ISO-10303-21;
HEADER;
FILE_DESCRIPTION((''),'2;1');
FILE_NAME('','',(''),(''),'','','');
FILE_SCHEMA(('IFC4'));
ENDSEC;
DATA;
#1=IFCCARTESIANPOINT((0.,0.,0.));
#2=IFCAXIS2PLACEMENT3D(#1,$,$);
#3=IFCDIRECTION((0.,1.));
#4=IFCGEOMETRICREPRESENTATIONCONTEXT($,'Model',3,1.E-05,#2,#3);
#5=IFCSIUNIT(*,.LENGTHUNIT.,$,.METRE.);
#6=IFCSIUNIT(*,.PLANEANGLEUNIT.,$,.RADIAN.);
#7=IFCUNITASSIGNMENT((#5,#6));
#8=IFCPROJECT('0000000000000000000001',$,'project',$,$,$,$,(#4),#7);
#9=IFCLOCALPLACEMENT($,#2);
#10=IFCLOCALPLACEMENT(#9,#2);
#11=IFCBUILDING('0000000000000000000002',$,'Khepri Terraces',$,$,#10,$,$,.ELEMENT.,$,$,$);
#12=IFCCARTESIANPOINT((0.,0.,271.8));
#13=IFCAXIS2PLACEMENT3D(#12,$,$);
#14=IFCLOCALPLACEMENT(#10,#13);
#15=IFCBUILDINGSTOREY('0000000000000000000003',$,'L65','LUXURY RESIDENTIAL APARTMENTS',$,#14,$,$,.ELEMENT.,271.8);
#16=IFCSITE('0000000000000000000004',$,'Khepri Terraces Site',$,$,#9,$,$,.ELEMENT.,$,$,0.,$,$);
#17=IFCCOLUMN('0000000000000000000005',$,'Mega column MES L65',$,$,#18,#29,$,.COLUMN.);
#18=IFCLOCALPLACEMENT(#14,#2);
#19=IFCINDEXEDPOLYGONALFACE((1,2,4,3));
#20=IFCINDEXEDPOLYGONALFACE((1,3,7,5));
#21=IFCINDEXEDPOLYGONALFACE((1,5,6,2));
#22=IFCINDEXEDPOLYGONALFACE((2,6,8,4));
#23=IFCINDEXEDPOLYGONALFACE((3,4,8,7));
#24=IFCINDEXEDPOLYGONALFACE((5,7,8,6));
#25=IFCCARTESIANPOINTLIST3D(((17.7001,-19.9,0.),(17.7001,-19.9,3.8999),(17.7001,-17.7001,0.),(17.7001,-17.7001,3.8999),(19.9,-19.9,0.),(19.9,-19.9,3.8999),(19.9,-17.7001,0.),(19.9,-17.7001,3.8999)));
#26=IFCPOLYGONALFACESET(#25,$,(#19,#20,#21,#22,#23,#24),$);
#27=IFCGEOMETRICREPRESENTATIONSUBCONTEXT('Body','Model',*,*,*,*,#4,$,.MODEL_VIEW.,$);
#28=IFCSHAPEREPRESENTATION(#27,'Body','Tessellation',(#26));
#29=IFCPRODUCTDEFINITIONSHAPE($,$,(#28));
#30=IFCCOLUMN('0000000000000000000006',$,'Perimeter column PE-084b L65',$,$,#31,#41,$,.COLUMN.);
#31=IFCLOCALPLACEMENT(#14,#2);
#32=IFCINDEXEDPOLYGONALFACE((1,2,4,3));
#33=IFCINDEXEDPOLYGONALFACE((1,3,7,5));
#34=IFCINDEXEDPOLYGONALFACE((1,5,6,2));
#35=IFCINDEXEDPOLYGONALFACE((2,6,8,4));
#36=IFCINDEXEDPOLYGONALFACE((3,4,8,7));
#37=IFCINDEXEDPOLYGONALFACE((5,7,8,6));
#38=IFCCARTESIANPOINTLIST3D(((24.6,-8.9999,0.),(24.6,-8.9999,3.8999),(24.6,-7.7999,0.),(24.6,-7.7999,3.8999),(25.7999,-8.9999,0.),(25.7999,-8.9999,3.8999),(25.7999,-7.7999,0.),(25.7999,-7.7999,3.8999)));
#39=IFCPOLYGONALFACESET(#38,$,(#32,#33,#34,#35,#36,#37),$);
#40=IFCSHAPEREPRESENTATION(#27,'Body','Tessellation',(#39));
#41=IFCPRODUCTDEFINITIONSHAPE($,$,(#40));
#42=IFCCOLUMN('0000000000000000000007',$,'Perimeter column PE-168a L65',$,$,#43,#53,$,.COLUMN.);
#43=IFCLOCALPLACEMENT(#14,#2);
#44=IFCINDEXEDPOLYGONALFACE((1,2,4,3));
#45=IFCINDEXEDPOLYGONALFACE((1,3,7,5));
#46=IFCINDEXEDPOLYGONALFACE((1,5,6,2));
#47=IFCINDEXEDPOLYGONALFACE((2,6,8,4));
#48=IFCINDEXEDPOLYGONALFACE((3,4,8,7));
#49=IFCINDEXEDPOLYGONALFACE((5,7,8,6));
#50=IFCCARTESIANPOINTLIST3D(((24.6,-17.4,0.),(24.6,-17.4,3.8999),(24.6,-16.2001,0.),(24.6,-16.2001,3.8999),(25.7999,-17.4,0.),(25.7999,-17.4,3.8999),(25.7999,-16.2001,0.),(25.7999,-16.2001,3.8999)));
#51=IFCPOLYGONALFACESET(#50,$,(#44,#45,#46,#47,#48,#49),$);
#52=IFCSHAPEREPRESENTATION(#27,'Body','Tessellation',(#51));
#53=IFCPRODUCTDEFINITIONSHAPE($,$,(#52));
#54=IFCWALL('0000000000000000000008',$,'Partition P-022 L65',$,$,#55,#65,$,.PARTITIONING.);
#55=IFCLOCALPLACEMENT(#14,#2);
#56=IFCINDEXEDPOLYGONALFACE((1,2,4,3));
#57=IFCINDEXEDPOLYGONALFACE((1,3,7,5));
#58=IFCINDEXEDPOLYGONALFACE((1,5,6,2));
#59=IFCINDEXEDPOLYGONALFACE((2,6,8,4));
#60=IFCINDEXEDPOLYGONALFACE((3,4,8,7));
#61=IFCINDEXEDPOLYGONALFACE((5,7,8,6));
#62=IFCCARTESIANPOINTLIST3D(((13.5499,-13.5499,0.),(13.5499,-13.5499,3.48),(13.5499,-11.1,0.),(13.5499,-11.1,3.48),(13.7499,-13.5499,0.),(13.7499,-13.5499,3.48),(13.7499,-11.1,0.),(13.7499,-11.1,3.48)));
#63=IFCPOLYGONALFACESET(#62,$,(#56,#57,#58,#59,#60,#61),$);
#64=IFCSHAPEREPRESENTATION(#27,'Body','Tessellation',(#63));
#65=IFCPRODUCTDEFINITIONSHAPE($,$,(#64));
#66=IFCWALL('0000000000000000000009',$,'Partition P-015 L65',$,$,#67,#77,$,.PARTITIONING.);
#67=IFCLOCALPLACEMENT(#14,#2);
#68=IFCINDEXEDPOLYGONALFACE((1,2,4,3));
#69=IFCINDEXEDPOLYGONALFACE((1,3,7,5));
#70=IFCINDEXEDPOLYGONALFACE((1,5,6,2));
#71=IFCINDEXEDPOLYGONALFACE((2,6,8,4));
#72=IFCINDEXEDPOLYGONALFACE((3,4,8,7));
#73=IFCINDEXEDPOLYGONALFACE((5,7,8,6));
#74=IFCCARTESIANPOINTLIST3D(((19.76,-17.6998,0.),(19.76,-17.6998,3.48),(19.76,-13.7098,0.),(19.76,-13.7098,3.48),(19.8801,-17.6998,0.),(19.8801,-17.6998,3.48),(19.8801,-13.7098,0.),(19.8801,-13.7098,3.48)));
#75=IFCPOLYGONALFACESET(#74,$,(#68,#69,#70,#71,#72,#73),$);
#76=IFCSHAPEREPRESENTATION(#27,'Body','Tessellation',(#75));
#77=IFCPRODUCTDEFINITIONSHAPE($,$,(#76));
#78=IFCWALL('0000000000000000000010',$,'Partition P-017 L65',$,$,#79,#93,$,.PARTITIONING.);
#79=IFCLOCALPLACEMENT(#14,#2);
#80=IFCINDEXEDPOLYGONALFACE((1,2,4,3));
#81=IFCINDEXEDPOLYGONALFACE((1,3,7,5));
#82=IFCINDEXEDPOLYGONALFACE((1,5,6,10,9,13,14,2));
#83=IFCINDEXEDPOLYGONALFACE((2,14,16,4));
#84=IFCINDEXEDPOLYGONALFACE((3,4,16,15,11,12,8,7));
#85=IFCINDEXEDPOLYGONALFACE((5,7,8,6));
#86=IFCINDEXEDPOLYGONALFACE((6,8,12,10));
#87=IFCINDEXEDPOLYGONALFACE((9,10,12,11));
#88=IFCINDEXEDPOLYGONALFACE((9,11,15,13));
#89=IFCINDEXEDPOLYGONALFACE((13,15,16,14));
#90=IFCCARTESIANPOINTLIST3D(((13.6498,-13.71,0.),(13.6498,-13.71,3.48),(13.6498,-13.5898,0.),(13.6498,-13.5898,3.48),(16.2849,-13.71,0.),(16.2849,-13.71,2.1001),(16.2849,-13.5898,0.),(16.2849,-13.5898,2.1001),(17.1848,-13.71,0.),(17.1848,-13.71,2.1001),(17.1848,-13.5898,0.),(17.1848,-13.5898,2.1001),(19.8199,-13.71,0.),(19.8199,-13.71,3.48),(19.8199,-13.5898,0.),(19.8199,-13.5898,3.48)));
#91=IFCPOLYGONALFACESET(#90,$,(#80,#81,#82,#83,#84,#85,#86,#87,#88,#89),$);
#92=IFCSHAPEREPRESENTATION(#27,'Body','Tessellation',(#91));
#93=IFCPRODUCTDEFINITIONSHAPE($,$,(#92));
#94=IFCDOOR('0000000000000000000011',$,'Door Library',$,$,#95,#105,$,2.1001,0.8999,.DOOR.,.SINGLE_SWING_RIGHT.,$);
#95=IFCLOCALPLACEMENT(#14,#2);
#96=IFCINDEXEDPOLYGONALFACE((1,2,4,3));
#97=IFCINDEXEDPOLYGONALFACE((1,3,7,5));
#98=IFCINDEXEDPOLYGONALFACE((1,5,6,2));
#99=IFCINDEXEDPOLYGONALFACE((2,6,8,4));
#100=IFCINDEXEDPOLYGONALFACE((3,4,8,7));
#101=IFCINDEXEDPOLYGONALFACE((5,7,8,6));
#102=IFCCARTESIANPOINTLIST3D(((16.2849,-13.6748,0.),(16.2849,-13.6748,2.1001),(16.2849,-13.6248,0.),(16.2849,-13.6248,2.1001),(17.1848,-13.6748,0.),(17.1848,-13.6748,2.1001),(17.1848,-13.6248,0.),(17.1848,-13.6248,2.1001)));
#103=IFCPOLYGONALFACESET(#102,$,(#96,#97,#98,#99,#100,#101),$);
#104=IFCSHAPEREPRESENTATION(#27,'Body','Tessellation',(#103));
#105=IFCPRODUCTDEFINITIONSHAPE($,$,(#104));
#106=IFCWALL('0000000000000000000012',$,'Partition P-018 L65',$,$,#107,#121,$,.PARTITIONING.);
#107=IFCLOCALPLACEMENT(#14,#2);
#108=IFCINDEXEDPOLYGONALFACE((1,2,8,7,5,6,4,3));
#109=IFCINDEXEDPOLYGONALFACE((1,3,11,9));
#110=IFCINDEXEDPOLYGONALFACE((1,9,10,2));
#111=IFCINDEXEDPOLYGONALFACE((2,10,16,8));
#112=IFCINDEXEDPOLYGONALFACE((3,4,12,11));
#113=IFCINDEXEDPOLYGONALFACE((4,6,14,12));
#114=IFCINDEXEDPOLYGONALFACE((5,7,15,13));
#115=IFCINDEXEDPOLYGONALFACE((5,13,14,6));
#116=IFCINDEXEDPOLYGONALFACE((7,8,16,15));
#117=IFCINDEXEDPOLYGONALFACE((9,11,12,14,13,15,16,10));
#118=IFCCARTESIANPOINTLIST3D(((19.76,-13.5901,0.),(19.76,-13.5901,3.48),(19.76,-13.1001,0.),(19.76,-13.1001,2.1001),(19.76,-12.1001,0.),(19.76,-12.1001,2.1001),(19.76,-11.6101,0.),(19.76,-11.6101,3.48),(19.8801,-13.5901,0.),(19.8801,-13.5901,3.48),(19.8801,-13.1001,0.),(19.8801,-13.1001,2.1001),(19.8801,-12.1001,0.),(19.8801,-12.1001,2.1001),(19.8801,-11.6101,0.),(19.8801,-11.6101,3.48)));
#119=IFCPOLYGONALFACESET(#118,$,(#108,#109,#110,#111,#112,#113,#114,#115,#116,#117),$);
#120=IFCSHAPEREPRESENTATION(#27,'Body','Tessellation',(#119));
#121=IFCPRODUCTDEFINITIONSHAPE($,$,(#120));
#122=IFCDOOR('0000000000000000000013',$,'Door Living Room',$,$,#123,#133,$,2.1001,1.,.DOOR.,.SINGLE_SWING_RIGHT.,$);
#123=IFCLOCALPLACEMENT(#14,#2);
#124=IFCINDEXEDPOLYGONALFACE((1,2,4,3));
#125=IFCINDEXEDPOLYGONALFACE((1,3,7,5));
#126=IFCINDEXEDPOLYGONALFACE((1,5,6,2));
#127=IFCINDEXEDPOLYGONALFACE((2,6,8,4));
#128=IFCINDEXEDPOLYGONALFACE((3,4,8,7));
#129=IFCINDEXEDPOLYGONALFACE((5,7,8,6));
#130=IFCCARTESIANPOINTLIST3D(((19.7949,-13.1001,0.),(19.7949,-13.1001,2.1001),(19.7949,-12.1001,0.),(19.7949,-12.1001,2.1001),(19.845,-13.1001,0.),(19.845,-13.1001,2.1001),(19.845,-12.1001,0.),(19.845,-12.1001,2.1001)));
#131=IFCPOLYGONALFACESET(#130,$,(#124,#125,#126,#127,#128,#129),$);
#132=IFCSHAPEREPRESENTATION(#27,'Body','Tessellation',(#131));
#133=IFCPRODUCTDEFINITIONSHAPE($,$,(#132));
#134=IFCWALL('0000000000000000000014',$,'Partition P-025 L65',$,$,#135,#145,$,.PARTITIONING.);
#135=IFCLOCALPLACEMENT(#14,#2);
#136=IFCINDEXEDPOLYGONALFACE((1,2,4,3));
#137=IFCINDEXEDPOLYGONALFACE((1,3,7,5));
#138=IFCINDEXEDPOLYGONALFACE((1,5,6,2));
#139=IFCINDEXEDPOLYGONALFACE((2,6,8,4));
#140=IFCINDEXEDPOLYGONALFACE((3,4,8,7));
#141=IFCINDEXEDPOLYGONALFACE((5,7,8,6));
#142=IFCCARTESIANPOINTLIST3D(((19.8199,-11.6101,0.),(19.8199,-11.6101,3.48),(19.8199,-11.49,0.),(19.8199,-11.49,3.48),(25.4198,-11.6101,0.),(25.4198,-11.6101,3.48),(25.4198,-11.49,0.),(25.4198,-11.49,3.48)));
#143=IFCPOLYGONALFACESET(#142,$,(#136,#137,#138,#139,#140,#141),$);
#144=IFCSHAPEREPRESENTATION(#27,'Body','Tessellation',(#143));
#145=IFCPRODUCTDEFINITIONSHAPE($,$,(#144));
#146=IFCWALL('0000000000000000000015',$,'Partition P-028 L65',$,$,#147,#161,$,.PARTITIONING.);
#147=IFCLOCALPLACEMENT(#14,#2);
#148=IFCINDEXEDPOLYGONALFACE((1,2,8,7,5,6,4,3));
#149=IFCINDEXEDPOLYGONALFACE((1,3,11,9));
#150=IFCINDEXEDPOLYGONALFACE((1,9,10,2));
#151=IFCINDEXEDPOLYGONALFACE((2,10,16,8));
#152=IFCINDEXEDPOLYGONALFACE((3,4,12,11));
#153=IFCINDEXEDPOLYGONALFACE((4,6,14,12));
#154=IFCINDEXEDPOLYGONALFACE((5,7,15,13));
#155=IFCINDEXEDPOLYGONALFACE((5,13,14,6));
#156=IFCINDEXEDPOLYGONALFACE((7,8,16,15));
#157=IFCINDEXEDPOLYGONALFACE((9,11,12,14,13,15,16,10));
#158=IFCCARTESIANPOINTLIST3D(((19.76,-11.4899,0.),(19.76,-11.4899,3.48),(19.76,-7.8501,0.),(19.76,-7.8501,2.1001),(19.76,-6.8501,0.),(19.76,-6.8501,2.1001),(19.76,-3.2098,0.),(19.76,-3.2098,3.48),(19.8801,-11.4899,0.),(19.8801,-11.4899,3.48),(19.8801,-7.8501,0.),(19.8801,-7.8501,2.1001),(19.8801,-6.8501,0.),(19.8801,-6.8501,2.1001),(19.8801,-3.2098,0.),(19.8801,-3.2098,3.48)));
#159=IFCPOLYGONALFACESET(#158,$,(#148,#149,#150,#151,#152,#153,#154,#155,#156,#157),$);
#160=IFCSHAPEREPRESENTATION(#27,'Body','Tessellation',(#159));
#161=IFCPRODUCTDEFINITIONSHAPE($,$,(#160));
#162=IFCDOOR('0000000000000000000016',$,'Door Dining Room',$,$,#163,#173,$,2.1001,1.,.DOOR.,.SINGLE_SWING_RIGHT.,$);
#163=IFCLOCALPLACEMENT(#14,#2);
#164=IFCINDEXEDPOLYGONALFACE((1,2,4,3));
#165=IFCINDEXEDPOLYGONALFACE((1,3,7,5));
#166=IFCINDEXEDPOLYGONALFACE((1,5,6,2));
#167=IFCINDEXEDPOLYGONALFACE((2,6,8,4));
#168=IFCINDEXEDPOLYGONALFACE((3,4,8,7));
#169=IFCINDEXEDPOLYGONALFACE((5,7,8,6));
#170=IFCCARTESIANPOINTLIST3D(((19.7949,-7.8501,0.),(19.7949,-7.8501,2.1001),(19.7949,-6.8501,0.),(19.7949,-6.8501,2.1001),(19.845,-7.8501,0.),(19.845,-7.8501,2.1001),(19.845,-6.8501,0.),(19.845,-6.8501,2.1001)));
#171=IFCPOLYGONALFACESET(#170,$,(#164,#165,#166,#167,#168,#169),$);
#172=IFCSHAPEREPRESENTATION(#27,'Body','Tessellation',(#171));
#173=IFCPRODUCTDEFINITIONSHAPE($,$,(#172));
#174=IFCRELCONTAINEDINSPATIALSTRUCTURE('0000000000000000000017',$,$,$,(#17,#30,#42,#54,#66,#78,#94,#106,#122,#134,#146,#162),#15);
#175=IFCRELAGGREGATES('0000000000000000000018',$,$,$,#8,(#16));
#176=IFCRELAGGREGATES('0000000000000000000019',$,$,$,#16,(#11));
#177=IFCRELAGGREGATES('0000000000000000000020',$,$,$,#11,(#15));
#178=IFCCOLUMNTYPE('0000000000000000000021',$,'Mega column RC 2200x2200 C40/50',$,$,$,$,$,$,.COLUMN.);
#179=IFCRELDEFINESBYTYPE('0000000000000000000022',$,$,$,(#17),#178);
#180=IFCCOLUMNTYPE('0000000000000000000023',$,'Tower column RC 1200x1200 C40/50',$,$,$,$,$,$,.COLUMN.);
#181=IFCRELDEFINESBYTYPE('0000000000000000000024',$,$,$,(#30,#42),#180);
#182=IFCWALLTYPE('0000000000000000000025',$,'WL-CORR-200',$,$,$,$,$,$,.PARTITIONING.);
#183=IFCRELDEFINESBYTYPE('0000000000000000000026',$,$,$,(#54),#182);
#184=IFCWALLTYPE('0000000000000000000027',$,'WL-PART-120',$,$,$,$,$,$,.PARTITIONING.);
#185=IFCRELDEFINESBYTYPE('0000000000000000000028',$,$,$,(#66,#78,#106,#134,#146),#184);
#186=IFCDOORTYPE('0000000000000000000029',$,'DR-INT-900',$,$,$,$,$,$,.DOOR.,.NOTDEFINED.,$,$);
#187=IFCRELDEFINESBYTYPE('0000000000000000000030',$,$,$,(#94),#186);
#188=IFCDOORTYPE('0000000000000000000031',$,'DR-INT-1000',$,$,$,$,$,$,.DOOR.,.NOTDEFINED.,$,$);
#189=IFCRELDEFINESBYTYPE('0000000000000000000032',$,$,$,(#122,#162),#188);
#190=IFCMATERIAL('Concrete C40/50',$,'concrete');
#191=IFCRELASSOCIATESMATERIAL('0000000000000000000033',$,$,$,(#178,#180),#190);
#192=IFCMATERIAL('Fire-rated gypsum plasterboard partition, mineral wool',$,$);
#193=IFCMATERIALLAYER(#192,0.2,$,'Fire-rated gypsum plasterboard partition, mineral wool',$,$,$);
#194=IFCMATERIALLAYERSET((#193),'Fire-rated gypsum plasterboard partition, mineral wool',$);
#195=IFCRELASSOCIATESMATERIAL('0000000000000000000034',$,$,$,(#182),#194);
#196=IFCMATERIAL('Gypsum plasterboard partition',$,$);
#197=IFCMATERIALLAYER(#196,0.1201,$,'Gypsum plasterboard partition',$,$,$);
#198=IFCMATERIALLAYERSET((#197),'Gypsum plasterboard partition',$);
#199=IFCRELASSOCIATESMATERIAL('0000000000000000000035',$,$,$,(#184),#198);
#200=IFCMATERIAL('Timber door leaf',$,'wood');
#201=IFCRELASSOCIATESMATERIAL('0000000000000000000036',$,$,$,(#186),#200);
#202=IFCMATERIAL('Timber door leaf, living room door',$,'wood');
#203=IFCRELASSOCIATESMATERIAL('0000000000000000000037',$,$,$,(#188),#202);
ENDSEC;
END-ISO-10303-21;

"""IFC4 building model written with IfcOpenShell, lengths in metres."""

from ifc_helpers import new_model, si_unit, direction, frame, frame_2d, origin, origin_2d, place, context, subcontext, project, spatial, rectangle, extrude, material, layer, layer_set, material_profile, profile_set, type_object, element, fill, save


model = new_model("IFC4")

# Units and contexts
model_context = context("Model", 3, precision=1e-05, world=origin(), true_north=direction((0.0, 1.0)))
body_context = subcontext(model_context, "Body", "Model", "MODEL_VIEW")
ifc_project = project(units=[si_unit("LENGTHUNIT", "METRE"), si_unit("PLANEANGLEUNIT", "RADIAN")], contexts=[model_context])

# Site, building, storey
site_placement = place(None, origin())
site = spatial("IfcSite", under=ifc_project, at=site_placement, Name="Khepri Terraces Site", CompositionType="ELEMENT", RefElevation=0.0)
building_placement = place(site_placement, origin())
building = spatial("IfcBuilding", under=site, at=building_placement, Name="Khepri Terraces", CompositionType="ELEMENT")
storey_placement = place(building_placement, frame((0.0, 0.0, 271.8)))
storey = spatial("IfcBuildingStorey", under=building, at=storey_placement, Name="L65", Description="LUXURY RESIDENTIAL APARTMENTS", CompositionType="ELEMENT", Elevation=271.8)

# Columns
ifc_material_1 = material(Name="Concrete C40/50", Category="concrete")
ifc_material_profile_1 = material_profile(ifc_material_1, rectangle(XDim=2.2, YDim=2.2, at=origin_2d()), Name="Concrete C40/50", Category="concrete")
ifc_profile_set_1 = profile_set([ifc_material_profile_1], Name="Concrete C40/50")
column_type_1 = type_object("IfcColumnType", Name="Mega column RC 2200x2200 C40/50", PredefinedType="COLUMN", material=ifc_profile_set_1)
column_placement = place(storey_placement, frame((18.8, -18.8, 0.0), z_axis=(0.0, 0.0, 1.0), x_axis=(1.0, 0.0, 0.0)))
element("IfcColumn", 1, at=column_placement, inside=storey, type_object=column_type_1, Name="Mega column MES L65", PredefinedType="COLUMN", context=body_context, shape_type="SweptSolid", body=[
    extrude(rectangle(XDim=2.2, YDim=2.2, at=origin_2d()), origin(), (0.0, 0.0, 1.0), 3.8999),
])
ifc_material_profile_2 = material_profile(ifc_material_1, rectangle(XDim=1.2, YDim=1.2, at=origin_2d()), Name="Concrete C40/50", Category="concrete")
ifc_profile_set_2 = profile_set([ifc_material_profile_2], Name="Concrete C40/50")
column_type_2 = type_object("IfcColumnType", Name="Tower column RC 1200x1200 C40/50", PredefinedType="COLUMN", material=ifc_profile_set_2)
for number, where, z_axis, x_axis, name in (
    (2, (25.2, -8.3999, 0.0), (0.0, 0.0, 1.0), (1.0, 0.0, 0.0), "Perimeter column PE-084b L65"),
    (3, (25.2, -16.8, 0.0), (0.0, 0.0, 1.0), (1.0, 0.0, 0.0), "Perimeter column PE-168a L65"),
):
    element("IfcColumn", number, at=place(storey_placement, frame(where, z_axis=z_axis, x_axis=x_axis)), inside=storey, type_object=column_type_2, Name=name, PredefinedType="COLUMN", context=body_context, shape_type="SweptSolid", body=[
        extrude(rectangle(XDim=1.2, YDim=1.2, at=origin_2d()), origin(), (0.0, 0.0, 1.0), 3.8999),
    ])

# Wall
ifc_material_2 = material(Name="Fire-rated gypsum plasterboard partition, mineral wool")
ifc_layer_1 = layer(ifc_material_2, 0.2, Name="Fire-rated gypsum plasterboard partition, mineral wool")
ifc_layer_set_1 = layer_set([ifc_layer_1], Name="Fire-rated gypsum plasterboard partition, mineral wool")
wall_type_1 = type_object("IfcWallType", Name="WL-CORR-200", PredefinedType="PARTITIONING", material=ifc_layer_set_1)
wall_1_placement = place(storey_placement, frame((13.6499, -13.55, 0.0), z_axis=(0.0, 0.0, 1.0), x_axis=(0.0, 1.0, 0.0)))
element("IfcWall", 4, at=wall_1_placement, inside=storey, type_object=wall_type_1, Name="Partition P-022 L65", PredefinedType="PARTITIONING", context=body_context, shape_type="SweptSolid", body=[
    extrude(rectangle(XDim=2.45, YDim=0.2, at=frame_2d((1.2251, 0.0))), origin(), (0.0, 0.0, 1.0), 3.48),
])

# Wall
ifc_material_3 = material(Name="Gypsum plasterboard partition")
ifc_layer_2 = layer(ifc_material_3, 0.1201, Name="Gypsum plasterboard partition")
ifc_layer_set_2 = layer_set([ifc_layer_2], Name="Gypsum plasterboard partition")
wall_type_2 = type_object("IfcWallType", Name="WL-PART-120", PredefinedType="PARTITIONING", material=ifc_layer_set_2)
wall_2_placement = place(storey_placement, frame((19.8201, -17.7, 0.0), z_axis=(0.0, 0.0, 1.0), x_axis=(0.0, 1.0, 0.0)))
element("IfcWall", 5, at=wall_2_placement, inside=storey, type_object=wall_type_2, Name="Partition P-015 L65", PredefinedType="PARTITIONING", context=body_context, shape_type="SweptSolid", body=[
    extrude(rectangle(XDim=3.99, YDim=0.1201, at=frame_2d((1.9951, 0.0))), origin(), (0.0, 0.0, 1.0), 3.48),
])

# Walls, openings, doors
wall_3_placement = place(storey_placement, frame((13.6499, -13.6499, 0.0), z_axis=(0.0, 0.0, 1.0), x_axis=(1.0, 0.0, 0.0)))
wall_3 = element("IfcWall", 6, at=wall_3_placement, inside=storey, type_object=wall_type_2, Name="Partition P-017 L65", PredefinedType="PARTITIONING", context=body_context, shape_type="SweptSolid", body=[
    extrude(rectangle(XDim=6.1702, YDim=0.1201, at=frame_2d((3.085, 0.0))), origin(), (0.0, 0.0, 1.0), 3.48),
])
opening_1_placement = place(wall_3_placement, frame((2.635, 0.0, 0.0)))
opening_1 = element("IfcOpeningElement", 7, at=opening_1_placement, cuts=wall_3, PredefinedType="OPENING", context=body_context, shape_type="SweptSolid", body=[
    extrude(rectangle(XDim=0.8999, YDim=2.1001, at=frame_2d((0.45, 1.05))), frame((0.0, 0.0701, 0.0), z_axis=(0.0, -1.0, 0.0), x_axis=(1.0, 0.0, 0.0)), (0.0, 0.0, 1.0), 0.1401),
])
ifc_material_4 = material(Name="Timber door leaf", Category="wood")
door_type_1 = type_object("IfcDoorType", Name="DR-INT-900", OperationType="NOTDEFINED", PredefinedType="DOOR", material=ifc_material_4)
door_1_placement = place(opening_1_placement, frame((0.8999, 0.0, 0.0), z_axis=(0.0, 0.0, 1.0), x_axis=(-1.0, 0.0, 0.0)))
door_1 = element("IfcDoor", 8, at=door_1_placement, inside=storey, type_object=door_type_1, Name="Door Library", OperationType="SINGLE_SWING_RIGHT", OverallHeight=2.1001, OverallWidth=0.8999, PredefinedType="DOOR", context=body_context, shape_type="SweptSolid", body=[
    extrude(rectangle(XDim=0.8999, YDim=2.1001, at=frame_2d((0.45, 1.05))), frame((0.0, 0.0249, 0.0), z_axis=(0.0, -1.0, 0.0), x_axis=(1.0, 0.0, 0.0)), (0.0, 0.0, 1.0), 0.05),
])
fill(opening_1, door_1)
wall_4_placement = place(storey_placement, frame((19.8201, -13.5901, 0.0), z_axis=(0.0, 0.0, 1.0), x_axis=(0.0, 1.0, 0.0)))
wall_4 = element("IfcWall", 9, at=wall_4_placement, inside=storey, type_object=wall_type_2, Name="Partition P-018 L65", PredefinedType="PARTITIONING", context=body_context, shape_type="SweptSolid", body=[
    extrude(rectangle(XDim=1.98, YDim=0.1201, at=frame_2d((0.99, 0.0))), origin(), (0.0, 0.0, 1.0), 3.48),
])
opening_2_placement = place(wall_4_placement, frame((0.49, 0.0, 0.0)))
opening_2 = element("IfcOpeningElement", 10, at=opening_2_placement, cuts=wall_4, PredefinedType="OPENING", context=body_context, shape_type="SweptSolid", body=[
    extrude(rectangle(XDim=1.0, YDim=2.1001, at=frame_2d((0.5, 1.05))), frame((0.0, 0.0701, 0.0), z_axis=(0.0, -1.0, 0.0), x_axis=(1.0, 0.0, 0.0)), (0.0, 0.0, 1.0), 0.1401),
])
ifc_material_5 = material(Name="Timber door leaf, living room door", Category="wood")
door_type_2 = type_object("IfcDoorType", Name="DR-INT-1000", OperationType="NOTDEFINED", PredefinedType="DOOR", material=ifc_material_5)
door_2_placement = place(opening_2_placement, frame((1.0, 0.0, 0.0), z_axis=(0.0, 0.0, 1.0), x_axis=(-1.0, 0.0, 0.0)))
door_2 = element("IfcDoor", 11, at=door_2_placement, inside=storey, type_object=door_type_2, Name="Door Living Room", OperationType="SINGLE_SWING_RIGHT", OverallHeight=2.1001, OverallWidth=1.0, PredefinedType="DOOR", context=body_context, shape_type="SweptSolid", body=[
    extrude(rectangle(XDim=1.0, YDim=2.1001, at=frame_2d((0.5, 1.05))), frame((0.0, 0.0249, 0.0), z_axis=(0.0, -1.0, 0.0), x_axis=(1.0, 0.0, 0.0)), (0.0, 0.0, 1.0), 0.05),
])
fill(opening_2, door_2)

# Wall
wall_5_placement = place(storey_placement, frame((19.8201, -11.55, 0.0), z_axis=(0.0, 0.0, 1.0), x_axis=(1.0, 0.0, 0.0)))
element("IfcWall", 12, at=wall_5_placement, inside=storey, type_object=wall_type_2, Name="Partition P-025 L65", PredefinedType="PARTITIONING", context=body_context, shape_type="SweptSolid", body=[
    extrude(rectangle(XDim=5.5999, YDim=0.1201, at=frame_2d((2.7998, 0.0))), origin(), (0.0, 0.0, 1.0), 3.48),
])

# Wall, opening, door
wall_6_placement = place(storey_placement, frame((19.8201, -11.49, 0.0), z_axis=(0.0, 0.0, 1.0), x_axis=(0.0, 1.0, 0.0)))
wall_6 = element("IfcWall", 13, at=wall_6_placement, inside=storey, type_object=wall_type_2, Name="Partition P-028 L65", PredefinedType="PARTITIONING", context=body_context, shape_type="SweptSolid", body=[
    extrude(rectangle(XDim=8.28, YDim=0.1201, at=frame_2d((4.1401, 0.0))), origin(), (0.0, 0.0, 1.0), 3.48),
])
opening_3_placement = place(wall_6_placement, frame((3.6399, 0.0, 0.0)))
opening_3 = element("IfcOpeningElement", 14, at=opening_3_placement, cuts=wall_6, PredefinedType="OPENING", context=body_context, shape_type="SweptSolid", body=[
    extrude(rectangle(XDim=1.0, YDim=2.1001, at=frame_2d((0.5, 1.05))), frame((0.0, 0.0701, 0.0), z_axis=(0.0, -1.0, 0.0), x_axis=(1.0, 0.0, 0.0)), (0.0, 0.0, 1.0), 0.1401),
])
door_3_placement = place(opening_3_placement, frame((1.0, 0.0, 0.0), z_axis=(0.0, 0.0, 1.0), x_axis=(-1.0, 0.0, 0.0)))
door_3 = element("IfcDoor", 15, at=door_3_placement, inside=storey, type_object=door_type_2, Name="Door Dining Room", OperationType="SINGLE_SWING_RIGHT", OverallHeight=2.1001, OverallWidth=1.0, PredefinedType="DOOR", context=body_context, shape_type="SweptSolid", body=[
    extrude(rectangle(XDim=1.0, YDim=2.1001, at=frame_2d((0.5, 1.05))), frame((0.0, 0.0249, 0.0), z_axis=(0.0, -1.0, 0.0), x_axis=(1.0, 0.0, 0.0)), (0.0, 0.0, 1.0), 0.05),
])
fill(opening_3, door_3)

save(model, "model.ifc")
